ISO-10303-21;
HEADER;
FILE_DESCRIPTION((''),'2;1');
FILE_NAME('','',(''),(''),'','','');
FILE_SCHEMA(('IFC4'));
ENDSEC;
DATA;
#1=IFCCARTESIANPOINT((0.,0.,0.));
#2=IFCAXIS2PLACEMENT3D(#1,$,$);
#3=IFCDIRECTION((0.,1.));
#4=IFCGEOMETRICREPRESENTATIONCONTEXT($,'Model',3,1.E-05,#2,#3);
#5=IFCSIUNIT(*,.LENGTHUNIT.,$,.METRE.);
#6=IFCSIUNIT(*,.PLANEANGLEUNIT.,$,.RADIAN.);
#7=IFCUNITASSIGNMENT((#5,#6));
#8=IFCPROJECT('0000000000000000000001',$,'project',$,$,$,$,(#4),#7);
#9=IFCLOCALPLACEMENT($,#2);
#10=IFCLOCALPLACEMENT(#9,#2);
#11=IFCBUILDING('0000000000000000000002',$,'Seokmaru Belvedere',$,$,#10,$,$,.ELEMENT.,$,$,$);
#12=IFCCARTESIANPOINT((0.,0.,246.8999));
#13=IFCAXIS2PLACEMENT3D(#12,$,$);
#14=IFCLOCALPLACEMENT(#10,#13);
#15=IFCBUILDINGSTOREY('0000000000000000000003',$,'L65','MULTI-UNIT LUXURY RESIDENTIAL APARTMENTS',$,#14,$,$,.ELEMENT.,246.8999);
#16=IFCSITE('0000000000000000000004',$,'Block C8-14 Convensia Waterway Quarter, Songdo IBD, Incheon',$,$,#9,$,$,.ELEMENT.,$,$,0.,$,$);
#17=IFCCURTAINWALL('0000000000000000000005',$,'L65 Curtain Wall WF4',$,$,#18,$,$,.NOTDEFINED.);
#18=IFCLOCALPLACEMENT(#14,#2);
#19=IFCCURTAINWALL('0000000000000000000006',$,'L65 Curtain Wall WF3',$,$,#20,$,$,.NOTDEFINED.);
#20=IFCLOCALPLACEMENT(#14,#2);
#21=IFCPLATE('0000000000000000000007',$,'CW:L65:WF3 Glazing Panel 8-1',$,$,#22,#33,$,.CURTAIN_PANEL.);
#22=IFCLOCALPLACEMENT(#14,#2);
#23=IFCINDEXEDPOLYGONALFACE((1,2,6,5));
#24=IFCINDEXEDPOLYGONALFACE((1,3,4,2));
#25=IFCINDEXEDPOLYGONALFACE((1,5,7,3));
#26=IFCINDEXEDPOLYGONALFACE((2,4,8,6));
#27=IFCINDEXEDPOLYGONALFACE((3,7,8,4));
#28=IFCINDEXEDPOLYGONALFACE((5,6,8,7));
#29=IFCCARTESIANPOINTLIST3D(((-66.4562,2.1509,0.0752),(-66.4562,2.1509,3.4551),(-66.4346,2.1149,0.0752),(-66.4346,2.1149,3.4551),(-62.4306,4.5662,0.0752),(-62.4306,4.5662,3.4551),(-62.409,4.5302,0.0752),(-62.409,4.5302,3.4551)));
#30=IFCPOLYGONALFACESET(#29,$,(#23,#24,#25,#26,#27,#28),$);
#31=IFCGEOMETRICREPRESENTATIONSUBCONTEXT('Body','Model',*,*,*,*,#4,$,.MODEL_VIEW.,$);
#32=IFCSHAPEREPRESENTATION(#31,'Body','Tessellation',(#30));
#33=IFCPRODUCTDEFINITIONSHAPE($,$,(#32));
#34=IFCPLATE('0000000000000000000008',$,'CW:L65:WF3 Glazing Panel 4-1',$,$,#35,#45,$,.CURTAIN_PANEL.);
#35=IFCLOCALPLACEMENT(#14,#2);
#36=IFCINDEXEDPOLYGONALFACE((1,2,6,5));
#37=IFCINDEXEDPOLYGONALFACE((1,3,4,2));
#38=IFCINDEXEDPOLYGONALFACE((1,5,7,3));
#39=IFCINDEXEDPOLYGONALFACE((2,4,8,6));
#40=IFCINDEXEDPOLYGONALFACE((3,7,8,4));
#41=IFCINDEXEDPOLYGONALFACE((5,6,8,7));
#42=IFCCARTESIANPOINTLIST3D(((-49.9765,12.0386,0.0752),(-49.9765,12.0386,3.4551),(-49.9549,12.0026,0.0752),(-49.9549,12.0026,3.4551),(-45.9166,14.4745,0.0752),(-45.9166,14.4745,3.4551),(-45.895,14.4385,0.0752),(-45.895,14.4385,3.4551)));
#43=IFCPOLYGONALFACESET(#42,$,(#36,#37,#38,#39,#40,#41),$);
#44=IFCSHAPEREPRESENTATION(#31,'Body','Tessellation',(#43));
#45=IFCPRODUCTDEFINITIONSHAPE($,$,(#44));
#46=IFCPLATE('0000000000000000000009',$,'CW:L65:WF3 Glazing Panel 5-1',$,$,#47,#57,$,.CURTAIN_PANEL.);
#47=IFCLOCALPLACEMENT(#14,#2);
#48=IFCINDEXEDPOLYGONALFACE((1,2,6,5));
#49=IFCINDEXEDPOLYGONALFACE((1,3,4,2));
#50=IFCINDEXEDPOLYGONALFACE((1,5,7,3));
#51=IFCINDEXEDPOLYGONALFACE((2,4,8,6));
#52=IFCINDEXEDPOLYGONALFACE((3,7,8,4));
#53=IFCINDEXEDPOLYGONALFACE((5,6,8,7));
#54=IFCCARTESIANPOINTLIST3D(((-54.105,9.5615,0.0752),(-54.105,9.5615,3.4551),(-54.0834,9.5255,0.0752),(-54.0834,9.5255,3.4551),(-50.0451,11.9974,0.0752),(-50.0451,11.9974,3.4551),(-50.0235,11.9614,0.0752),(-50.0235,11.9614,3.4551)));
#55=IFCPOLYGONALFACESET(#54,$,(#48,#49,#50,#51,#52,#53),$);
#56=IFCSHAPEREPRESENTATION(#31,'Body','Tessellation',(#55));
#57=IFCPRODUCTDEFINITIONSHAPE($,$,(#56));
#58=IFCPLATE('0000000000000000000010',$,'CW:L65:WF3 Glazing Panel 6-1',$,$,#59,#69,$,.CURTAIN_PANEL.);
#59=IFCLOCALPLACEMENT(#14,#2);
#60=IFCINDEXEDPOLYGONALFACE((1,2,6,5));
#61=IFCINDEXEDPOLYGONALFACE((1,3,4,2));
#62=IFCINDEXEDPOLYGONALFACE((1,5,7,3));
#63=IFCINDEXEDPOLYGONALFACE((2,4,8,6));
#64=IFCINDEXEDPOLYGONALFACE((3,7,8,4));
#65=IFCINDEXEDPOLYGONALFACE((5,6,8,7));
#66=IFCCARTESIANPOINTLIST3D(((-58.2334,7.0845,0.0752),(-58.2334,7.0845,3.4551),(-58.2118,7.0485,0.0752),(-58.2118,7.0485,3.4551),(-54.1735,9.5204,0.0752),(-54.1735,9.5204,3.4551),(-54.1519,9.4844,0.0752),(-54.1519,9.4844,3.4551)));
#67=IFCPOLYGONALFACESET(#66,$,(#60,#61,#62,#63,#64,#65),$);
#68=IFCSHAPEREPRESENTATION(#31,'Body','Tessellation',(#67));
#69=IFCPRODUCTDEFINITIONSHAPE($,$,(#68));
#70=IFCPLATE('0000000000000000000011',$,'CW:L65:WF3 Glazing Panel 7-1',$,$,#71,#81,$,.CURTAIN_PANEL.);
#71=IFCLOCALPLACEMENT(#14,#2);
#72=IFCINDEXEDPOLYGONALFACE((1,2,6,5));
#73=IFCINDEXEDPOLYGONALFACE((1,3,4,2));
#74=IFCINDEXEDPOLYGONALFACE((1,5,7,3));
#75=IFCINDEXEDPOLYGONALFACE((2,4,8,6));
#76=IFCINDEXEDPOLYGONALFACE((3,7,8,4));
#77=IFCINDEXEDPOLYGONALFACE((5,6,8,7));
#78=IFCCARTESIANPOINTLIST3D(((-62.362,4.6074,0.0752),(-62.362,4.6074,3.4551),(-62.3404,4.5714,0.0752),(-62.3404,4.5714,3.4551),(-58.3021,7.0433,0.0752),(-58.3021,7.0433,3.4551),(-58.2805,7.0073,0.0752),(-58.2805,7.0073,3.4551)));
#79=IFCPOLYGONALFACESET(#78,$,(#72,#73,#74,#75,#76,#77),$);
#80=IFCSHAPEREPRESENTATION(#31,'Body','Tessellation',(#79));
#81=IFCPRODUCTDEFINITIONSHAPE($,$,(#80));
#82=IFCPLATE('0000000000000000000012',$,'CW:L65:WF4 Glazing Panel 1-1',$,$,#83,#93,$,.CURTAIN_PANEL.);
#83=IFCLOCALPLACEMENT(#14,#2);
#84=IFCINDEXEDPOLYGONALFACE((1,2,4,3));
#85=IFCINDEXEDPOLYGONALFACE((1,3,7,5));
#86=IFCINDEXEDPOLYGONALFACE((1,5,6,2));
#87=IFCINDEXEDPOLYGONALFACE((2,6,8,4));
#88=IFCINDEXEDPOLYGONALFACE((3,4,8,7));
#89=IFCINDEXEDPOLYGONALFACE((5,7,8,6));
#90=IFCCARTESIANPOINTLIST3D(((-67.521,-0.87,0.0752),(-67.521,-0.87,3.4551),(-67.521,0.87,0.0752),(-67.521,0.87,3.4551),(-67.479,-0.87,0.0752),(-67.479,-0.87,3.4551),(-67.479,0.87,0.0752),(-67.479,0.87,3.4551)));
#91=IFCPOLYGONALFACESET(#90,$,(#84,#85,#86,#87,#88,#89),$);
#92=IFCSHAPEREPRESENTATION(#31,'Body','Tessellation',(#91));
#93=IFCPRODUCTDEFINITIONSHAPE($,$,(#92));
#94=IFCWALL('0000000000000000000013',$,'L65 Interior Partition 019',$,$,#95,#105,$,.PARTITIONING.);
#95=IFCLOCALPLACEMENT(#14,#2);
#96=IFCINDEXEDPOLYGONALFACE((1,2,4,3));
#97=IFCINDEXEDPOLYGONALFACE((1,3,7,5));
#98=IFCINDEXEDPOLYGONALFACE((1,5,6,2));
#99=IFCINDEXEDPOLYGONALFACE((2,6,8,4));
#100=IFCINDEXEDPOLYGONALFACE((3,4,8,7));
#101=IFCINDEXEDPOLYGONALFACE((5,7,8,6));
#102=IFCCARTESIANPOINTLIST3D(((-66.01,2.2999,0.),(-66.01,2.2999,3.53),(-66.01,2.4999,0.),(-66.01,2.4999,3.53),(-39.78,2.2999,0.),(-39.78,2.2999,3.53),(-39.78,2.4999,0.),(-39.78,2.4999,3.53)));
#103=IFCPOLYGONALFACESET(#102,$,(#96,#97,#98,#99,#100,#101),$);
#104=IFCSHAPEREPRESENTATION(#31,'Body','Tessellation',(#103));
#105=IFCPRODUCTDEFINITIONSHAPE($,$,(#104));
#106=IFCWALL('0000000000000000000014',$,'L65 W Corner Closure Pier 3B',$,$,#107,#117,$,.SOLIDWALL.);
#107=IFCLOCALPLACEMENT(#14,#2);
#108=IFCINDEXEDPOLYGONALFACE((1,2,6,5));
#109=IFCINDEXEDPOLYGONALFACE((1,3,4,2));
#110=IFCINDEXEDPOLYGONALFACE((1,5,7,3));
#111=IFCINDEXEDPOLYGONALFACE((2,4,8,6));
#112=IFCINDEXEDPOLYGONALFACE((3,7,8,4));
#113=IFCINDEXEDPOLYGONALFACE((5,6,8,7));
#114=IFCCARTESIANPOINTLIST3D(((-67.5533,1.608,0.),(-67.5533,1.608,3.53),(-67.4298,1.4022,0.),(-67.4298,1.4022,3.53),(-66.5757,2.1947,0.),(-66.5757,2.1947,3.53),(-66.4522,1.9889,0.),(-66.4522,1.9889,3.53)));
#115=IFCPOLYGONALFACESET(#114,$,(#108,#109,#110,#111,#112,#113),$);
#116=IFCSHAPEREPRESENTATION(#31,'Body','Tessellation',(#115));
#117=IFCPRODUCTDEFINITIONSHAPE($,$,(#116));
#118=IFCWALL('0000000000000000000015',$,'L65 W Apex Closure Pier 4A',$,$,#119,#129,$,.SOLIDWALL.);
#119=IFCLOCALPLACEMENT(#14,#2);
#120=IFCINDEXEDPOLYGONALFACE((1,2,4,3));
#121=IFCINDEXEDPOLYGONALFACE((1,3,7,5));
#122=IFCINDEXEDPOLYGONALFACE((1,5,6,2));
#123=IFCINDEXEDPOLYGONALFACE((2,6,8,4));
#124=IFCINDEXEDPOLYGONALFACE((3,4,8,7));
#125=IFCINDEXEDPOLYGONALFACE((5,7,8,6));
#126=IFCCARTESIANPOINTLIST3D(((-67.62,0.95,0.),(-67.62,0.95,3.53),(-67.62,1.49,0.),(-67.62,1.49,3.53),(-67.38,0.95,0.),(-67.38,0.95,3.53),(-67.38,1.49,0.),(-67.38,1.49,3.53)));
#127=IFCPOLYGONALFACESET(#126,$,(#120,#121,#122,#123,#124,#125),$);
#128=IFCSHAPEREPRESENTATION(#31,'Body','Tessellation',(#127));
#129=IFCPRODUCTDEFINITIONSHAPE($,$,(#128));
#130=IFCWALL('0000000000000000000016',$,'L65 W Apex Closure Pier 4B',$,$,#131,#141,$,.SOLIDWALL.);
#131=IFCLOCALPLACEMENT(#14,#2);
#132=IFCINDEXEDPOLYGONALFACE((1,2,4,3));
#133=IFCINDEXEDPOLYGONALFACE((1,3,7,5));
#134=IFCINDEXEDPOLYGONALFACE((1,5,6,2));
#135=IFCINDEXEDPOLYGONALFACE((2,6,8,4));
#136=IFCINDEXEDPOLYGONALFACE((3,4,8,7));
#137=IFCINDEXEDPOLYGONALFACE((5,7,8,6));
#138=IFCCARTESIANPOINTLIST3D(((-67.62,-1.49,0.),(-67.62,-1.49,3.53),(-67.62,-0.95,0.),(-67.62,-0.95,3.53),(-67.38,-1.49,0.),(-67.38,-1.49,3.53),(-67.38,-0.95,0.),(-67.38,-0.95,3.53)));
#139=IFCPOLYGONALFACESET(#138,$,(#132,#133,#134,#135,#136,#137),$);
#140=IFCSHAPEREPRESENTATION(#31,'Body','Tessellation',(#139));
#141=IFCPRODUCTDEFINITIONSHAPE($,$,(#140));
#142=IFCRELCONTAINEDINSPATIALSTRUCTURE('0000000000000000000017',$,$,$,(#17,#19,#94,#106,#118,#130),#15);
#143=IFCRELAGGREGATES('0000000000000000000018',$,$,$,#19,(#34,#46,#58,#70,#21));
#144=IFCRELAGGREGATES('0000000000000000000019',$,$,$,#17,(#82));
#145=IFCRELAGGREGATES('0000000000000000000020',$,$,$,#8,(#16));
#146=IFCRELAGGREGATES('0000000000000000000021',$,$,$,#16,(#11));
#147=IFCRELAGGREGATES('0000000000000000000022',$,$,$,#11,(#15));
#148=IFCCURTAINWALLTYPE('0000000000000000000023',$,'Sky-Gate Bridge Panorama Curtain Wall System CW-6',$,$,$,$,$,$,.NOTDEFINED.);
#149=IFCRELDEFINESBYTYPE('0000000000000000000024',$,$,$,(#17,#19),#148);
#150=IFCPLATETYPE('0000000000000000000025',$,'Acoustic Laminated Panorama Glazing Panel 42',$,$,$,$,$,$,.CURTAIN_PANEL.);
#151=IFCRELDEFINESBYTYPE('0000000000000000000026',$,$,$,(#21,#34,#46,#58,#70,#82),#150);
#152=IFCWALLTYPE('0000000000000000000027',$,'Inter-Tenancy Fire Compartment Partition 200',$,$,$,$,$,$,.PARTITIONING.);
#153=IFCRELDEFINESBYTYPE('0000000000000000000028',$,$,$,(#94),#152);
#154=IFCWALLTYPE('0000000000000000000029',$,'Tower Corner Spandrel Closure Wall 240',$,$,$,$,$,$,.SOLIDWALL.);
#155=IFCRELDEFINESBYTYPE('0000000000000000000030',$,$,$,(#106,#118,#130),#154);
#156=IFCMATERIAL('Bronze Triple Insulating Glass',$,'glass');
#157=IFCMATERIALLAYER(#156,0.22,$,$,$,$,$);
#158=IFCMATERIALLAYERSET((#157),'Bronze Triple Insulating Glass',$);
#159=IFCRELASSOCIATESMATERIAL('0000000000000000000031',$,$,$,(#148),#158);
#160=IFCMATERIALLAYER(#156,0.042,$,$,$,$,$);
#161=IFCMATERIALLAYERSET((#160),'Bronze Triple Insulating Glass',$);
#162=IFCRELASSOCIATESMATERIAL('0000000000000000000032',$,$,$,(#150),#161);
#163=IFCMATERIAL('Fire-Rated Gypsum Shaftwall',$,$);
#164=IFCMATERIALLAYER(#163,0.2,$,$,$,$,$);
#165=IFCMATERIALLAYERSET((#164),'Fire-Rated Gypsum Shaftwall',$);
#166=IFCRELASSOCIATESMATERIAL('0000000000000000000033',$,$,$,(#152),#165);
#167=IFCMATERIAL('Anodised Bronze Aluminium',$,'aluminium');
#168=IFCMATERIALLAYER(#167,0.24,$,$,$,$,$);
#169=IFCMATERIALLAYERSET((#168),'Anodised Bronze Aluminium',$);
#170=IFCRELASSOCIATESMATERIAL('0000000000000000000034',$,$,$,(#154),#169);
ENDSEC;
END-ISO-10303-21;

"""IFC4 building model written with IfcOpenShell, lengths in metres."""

from ifc_helpers import new_model, si_unit, direction, frame, frame_2d, origin, origin_2d, place, context, subcontext, project, spatial, rectangle, extrude, source, transform, mapped, material, layer, layer_set, type_object, type_shapes, element, aggregate, save


model = new_model("IFC4")

# Units and contexts
model_context = context("Model", 3, precision=1e-05, world=origin(), true_north=direction((0.0, 1.0)))
body_context = subcontext(model_context, "Body", "Model", "MODEL_VIEW")
ifc_project = project(units=[si_unit("LENGTHUNIT", "METRE"), si_unit("PLANEANGLEUNIT", "RADIAN")], contexts=[model_context])

# Site, building, storey
site_placement = place(None, origin())
site = spatial("IfcSite", under=ifc_project, at=site_placement, Name="Block C8-14 Convensia Waterway Quarter, Songdo IBD, Incheon", CompositionType="ELEMENT", RefElevation=0.0)
building_placement = place(site_placement, origin())
building = spatial("IfcBuilding", under=site, at=building_placement, Name="Seokmaru Belvedere", CompositionType="ELEMENT")
storey_placement = place(building_placement, frame((0.0, 0.0, 246.8999)))
storey = spatial("IfcBuildingStorey", under=building, at=storey_placement, Name="L65", Description="MULTI-UNIT LUXURY RESIDENTIAL APARTMENTS", CompositionType="ELEMENT", Elevation=246.8999)

# Curtain wall
ifc_material_1 = material(Name="Bronze Triple Insulating Glass", Category="glass")
ifc_layer_1 = layer(ifc_material_1, 0.22)
ifc_layer_set_1 = layer_set([ifc_layer_1], Name="Bronze Triple Insulating Glass")
curtain_wall_type = type_object("IfcCurtainWallType", Name="Sky-Gate Bridge Panorama Curtain Wall System CW-6", PredefinedType="NOTDEFINED", material=ifc_layer_set_1)
curtain_wall_1_placement = place(storey_placement, origin())
curtain_wall_1 = element("IfcCurtainWall", 1, at=curtain_wall_1_placement, inside=storey, type_object=curtain_wall_type, Name="L65 Curtain Wall WF4", PredefinedType="NOTDEFINED")
ifc_material_2 = material(Name="Anodised Bronze Aluminium", Category="aluminium")

# Curtain wall
curtain_wall_2_placement = place(storey_placement, origin())
curtain_wall_2 = element("IfcCurtainWall", 2, at=curtain_wall_2_placement, inside=storey, type_object=curtain_wall_type, Name="L65 Curtain Wall WF3", PredefinedType="NOTDEFINED")

# Plates
ifc_layer_2 = layer(ifc_material_1, 0.042)
ifc_layer_set_2 = layer_set([ifc_layer_2], Name="Bronze Triple Insulating Glass")
plate_type = type_object("IfcPlateType", Name="Acoustic Laminated Panorama Glazing Panel 42", PredefinedType="CURTAIN_PANEL", material=ifc_layer_set_2)
shared_shape_1 = source(origin(), body_context, "Body", "SweptSolid", [
    extrude(rectangle(XDim=4.6946, YDim=0.042, at=origin_2d()), origin(), (0.0, 0.0, 1.0), 3.3799),
])
plate_1_placement = place(storey_placement, frame((-64.4326, 3.3406, 0.0752), z_axis=(0.0, 0.0, 1.0), x_axis=(-0.857493, -0.514495, 0.0)))
plate_1 = element("IfcPlate", 3, at=plate_1_placement, type_object=plate_type, Name="CW:L65:WF3 Glazing Panel 8-1", PredefinedType="CURTAIN_PANEL", context=body_context, shape_type="MappedRepresentation", body=[
    mapped(shared_shape_1, transform((0.0, 0.0, 0.0), scale=1.0)),
])
shared_shape_2 = source(origin(), body_context, "Body", "SweptSolid", [
    extrude(rectangle(XDim=4.7346, YDim=0.042, at=origin_2d()), origin(), (0.0, 0.0, 1.0), 3.3799),
])
plate_2_placement = place(storey_placement, frame((-47.9358, 13.2385, 0.0752), z_axis=(0.0, 0.0, 1.0), x_axis=(-0.857493, -0.514495, 0.0)))
plate_2 = element("IfcPlate", 4, at=plate_2_placement, type_object=plate_type, Name="CW:L65:WF3 Glazing Panel 4-1", PredefinedType="CURTAIN_PANEL", context=body_context, shape_type="MappedRepresentation", body=[
    mapped(shared_shape_2, transform((0.0, 0.0, 0.0), scale=1.0)),
])
plate_3_placement = place(storey_placement, frame((-52.0642, 10.7615, 0.0752), z_axis=(0.0, 0.0, 1.0), x_axis=(-0.857493, -0.514495, 0.0)))
plate_3 = element("IfcPlate", 5, at=plate_3_placement, type_object=plate_type, Name="CW:L65:WF3 Glazing Panel 5-1", PredefinedType="CURTAIN_PANEL", context=body_context, shape_type="MappedRepresentation", body=[
    mapped(shared_shape_2, transform((0.0, 0.0, 0.0), scale=1.0)),
])
plate_4_placement = place(storey_placement, frame((-56.1926, 8.2844, 0.0752), z_axis=(0.0, 0.0, 1.0), x_axis=(-0.857493, -0.514495, 0.0)))
plate_4 = element("IfcPlate", 6, at=plate_4_placement, type_object=plate_type, Name="CW:L65:WF3 Glazing Panel 6-1", PredefinedType="CURTAIN_PANEL", context=body_context, shape_type="MappedRepresentation", body=[
    mapped(shared_shape_2, transform((0.0, 0.0, 0.0), scale=1.0)),
])
plate_5_placement = place(storey_placement, frame((-60.3213, 5.8074, 0.0752), z_axis=(0.0, 0.0, 1.0), x_axis=(-0.857493, -0.514495, 0.0)))
plate_5 = element("IfcPlate", 7, at=plate_5_placement, type_object=plate_type, Name="CW:L65:WF3 Glazing Panel 7-1", PredefinedType="CURTAIN_PANEL", context=body_context, shape_type="MappedRepresentation", body=[
    mapped(shared_shape_2, transform((0.0, 0.0, 0.0), scale=1.0)),
])
aggregate(curtain_wall_2, [plate_2, plate_3, plate_4, plate_5, plate_1])
shared_shape_3 = source(origin(), body_context, "Body", "SweptSolid", [
    extrude(rectangle(XDim=1.74, YDim=0.042, at=origin_2d()), origin(), (0.0, 0.0, 1.0), 3.3799),
])
type_shapes(plate_type, [shared_shape_1, shared_shape_2, shared_shape_3])
plate_6_placement = place(storey_placement, frame((-67.5, 0.0, 0.0752), z_axis=(0.0, 0.0, 1.0), x_axis=(0.0, -1.0, 0.0)))
plate_6 = element("IfcPlate", 8, at=plate_6_placement, type_object=plate_type, Name="CW:L65:WF4 Glazing Panel 1-1", PredefinedType="CURTAIN_PANEL", context=body_context, shape_type="MappedRepresentation", body=[
    mapped(shared_shape_3, transform((0.0, 0.0, 0.0), scale=1.0)),
])
aggregate(curtain_wall_1, [plate_6])

# Walls
ifc_material_3 = material(Name="Fire-Rated Gypsum Shaftwall")
ifc_layer_3 = layer(ifc_material_3, 0.2)
ifc_layer_set_3 = layer_set([ifc_layer_3], Name="Fire-Rated Gypsum Shaftwall")
wall_type_1 = type_object("IfcWallType", Name="Inter-Tenancy Fire Compartment Partition 200", PredefinedType="PARTITIONING", material=ifc_layer_set_3)
wall_1_placement = place(storey_placement, frame((-66.01, 2.3999, 0.0), z_axis=(0.0, 0.0, 1.0), x_axis=(1.0, 0.0, 0.0)))
element("IfcWall", 9, at=wall_1_placement, inside=storey, type_object=wall_type_1, Name="L65 Interior Partition 019", PredefinedType="PARTITIONING", context=body_context, shape_type="SweptSolid", body=[
    extrude(rectangle(XDim=26.23, YDim=0.2, at=frame_2d((13.115, 0.0))), origin(), (0.0, 0.0, 1.0), 3.53),
])
ifc_layer_4 = layer(ifc_material_2, 0.24)
ifc_layer_set_4 = layer_set([ifc_layer_4], Name="Anodised Bronze Aluminium")
wall_type_2 = type_object("IfcWallType", Name="Tower Corner Spandrel Closure Wall 240", PredefinedType="SOLIDWALL", material=ifc_layer_set_4)
wall_2_placement = place(storey_placement, frame((-66.5139, 2.0918, 0.0), z_axis=(0.0, 0.0, 1.0), x_axis=(-0.857436, -0.51459, 0.0)))
element("IfcWall", 10, at=wall_2_placement, inside=storey, type_object=wall_type_2, Name="L65 W Corner Closure Pier 3B", PredefinedType="SOLIDWALL", context=body_context, shape_type="SweptSolid", body=[
    extrude(rectangle(XDim=1.1401, YDim=0.24, at=frame_2d((0.5701, 0.0))), origin(), (0.0, 0.0, 1.0), 3.53),
])
for number, where, z_axis, x_axis, name in (
    (11, (-67.5, 1.49, 0.0), (0.0, 0.0, 1.0), (0.0, -1.0, 0.0), "L65 W Apex Closure Pier 4A"),
    (12, (-67.5, -0.95, 0.0), (0.0, 0.0, 1.0), (0.0, -1.0, 0.0), "L65 W Apex Closure Pier 4B"),
):
    element("IfcWall", number, at=place(storey_placement, frame(where, z_axis=z_axis, x_axis=x_axis)), inside=storey, type_object=wall_type_2, Name=name, PredefinedType="SOLIDWALL", context=body_context, shape_type="SweptSolid", body=[
        extrude(rectangle(XDim=0.54, YDim=0.24, at=frame_2d((0.27, 0.0))), origin(), (0.0, 0.0, 1.0), 3.53),
    ])

save(model, "model.ifc")
